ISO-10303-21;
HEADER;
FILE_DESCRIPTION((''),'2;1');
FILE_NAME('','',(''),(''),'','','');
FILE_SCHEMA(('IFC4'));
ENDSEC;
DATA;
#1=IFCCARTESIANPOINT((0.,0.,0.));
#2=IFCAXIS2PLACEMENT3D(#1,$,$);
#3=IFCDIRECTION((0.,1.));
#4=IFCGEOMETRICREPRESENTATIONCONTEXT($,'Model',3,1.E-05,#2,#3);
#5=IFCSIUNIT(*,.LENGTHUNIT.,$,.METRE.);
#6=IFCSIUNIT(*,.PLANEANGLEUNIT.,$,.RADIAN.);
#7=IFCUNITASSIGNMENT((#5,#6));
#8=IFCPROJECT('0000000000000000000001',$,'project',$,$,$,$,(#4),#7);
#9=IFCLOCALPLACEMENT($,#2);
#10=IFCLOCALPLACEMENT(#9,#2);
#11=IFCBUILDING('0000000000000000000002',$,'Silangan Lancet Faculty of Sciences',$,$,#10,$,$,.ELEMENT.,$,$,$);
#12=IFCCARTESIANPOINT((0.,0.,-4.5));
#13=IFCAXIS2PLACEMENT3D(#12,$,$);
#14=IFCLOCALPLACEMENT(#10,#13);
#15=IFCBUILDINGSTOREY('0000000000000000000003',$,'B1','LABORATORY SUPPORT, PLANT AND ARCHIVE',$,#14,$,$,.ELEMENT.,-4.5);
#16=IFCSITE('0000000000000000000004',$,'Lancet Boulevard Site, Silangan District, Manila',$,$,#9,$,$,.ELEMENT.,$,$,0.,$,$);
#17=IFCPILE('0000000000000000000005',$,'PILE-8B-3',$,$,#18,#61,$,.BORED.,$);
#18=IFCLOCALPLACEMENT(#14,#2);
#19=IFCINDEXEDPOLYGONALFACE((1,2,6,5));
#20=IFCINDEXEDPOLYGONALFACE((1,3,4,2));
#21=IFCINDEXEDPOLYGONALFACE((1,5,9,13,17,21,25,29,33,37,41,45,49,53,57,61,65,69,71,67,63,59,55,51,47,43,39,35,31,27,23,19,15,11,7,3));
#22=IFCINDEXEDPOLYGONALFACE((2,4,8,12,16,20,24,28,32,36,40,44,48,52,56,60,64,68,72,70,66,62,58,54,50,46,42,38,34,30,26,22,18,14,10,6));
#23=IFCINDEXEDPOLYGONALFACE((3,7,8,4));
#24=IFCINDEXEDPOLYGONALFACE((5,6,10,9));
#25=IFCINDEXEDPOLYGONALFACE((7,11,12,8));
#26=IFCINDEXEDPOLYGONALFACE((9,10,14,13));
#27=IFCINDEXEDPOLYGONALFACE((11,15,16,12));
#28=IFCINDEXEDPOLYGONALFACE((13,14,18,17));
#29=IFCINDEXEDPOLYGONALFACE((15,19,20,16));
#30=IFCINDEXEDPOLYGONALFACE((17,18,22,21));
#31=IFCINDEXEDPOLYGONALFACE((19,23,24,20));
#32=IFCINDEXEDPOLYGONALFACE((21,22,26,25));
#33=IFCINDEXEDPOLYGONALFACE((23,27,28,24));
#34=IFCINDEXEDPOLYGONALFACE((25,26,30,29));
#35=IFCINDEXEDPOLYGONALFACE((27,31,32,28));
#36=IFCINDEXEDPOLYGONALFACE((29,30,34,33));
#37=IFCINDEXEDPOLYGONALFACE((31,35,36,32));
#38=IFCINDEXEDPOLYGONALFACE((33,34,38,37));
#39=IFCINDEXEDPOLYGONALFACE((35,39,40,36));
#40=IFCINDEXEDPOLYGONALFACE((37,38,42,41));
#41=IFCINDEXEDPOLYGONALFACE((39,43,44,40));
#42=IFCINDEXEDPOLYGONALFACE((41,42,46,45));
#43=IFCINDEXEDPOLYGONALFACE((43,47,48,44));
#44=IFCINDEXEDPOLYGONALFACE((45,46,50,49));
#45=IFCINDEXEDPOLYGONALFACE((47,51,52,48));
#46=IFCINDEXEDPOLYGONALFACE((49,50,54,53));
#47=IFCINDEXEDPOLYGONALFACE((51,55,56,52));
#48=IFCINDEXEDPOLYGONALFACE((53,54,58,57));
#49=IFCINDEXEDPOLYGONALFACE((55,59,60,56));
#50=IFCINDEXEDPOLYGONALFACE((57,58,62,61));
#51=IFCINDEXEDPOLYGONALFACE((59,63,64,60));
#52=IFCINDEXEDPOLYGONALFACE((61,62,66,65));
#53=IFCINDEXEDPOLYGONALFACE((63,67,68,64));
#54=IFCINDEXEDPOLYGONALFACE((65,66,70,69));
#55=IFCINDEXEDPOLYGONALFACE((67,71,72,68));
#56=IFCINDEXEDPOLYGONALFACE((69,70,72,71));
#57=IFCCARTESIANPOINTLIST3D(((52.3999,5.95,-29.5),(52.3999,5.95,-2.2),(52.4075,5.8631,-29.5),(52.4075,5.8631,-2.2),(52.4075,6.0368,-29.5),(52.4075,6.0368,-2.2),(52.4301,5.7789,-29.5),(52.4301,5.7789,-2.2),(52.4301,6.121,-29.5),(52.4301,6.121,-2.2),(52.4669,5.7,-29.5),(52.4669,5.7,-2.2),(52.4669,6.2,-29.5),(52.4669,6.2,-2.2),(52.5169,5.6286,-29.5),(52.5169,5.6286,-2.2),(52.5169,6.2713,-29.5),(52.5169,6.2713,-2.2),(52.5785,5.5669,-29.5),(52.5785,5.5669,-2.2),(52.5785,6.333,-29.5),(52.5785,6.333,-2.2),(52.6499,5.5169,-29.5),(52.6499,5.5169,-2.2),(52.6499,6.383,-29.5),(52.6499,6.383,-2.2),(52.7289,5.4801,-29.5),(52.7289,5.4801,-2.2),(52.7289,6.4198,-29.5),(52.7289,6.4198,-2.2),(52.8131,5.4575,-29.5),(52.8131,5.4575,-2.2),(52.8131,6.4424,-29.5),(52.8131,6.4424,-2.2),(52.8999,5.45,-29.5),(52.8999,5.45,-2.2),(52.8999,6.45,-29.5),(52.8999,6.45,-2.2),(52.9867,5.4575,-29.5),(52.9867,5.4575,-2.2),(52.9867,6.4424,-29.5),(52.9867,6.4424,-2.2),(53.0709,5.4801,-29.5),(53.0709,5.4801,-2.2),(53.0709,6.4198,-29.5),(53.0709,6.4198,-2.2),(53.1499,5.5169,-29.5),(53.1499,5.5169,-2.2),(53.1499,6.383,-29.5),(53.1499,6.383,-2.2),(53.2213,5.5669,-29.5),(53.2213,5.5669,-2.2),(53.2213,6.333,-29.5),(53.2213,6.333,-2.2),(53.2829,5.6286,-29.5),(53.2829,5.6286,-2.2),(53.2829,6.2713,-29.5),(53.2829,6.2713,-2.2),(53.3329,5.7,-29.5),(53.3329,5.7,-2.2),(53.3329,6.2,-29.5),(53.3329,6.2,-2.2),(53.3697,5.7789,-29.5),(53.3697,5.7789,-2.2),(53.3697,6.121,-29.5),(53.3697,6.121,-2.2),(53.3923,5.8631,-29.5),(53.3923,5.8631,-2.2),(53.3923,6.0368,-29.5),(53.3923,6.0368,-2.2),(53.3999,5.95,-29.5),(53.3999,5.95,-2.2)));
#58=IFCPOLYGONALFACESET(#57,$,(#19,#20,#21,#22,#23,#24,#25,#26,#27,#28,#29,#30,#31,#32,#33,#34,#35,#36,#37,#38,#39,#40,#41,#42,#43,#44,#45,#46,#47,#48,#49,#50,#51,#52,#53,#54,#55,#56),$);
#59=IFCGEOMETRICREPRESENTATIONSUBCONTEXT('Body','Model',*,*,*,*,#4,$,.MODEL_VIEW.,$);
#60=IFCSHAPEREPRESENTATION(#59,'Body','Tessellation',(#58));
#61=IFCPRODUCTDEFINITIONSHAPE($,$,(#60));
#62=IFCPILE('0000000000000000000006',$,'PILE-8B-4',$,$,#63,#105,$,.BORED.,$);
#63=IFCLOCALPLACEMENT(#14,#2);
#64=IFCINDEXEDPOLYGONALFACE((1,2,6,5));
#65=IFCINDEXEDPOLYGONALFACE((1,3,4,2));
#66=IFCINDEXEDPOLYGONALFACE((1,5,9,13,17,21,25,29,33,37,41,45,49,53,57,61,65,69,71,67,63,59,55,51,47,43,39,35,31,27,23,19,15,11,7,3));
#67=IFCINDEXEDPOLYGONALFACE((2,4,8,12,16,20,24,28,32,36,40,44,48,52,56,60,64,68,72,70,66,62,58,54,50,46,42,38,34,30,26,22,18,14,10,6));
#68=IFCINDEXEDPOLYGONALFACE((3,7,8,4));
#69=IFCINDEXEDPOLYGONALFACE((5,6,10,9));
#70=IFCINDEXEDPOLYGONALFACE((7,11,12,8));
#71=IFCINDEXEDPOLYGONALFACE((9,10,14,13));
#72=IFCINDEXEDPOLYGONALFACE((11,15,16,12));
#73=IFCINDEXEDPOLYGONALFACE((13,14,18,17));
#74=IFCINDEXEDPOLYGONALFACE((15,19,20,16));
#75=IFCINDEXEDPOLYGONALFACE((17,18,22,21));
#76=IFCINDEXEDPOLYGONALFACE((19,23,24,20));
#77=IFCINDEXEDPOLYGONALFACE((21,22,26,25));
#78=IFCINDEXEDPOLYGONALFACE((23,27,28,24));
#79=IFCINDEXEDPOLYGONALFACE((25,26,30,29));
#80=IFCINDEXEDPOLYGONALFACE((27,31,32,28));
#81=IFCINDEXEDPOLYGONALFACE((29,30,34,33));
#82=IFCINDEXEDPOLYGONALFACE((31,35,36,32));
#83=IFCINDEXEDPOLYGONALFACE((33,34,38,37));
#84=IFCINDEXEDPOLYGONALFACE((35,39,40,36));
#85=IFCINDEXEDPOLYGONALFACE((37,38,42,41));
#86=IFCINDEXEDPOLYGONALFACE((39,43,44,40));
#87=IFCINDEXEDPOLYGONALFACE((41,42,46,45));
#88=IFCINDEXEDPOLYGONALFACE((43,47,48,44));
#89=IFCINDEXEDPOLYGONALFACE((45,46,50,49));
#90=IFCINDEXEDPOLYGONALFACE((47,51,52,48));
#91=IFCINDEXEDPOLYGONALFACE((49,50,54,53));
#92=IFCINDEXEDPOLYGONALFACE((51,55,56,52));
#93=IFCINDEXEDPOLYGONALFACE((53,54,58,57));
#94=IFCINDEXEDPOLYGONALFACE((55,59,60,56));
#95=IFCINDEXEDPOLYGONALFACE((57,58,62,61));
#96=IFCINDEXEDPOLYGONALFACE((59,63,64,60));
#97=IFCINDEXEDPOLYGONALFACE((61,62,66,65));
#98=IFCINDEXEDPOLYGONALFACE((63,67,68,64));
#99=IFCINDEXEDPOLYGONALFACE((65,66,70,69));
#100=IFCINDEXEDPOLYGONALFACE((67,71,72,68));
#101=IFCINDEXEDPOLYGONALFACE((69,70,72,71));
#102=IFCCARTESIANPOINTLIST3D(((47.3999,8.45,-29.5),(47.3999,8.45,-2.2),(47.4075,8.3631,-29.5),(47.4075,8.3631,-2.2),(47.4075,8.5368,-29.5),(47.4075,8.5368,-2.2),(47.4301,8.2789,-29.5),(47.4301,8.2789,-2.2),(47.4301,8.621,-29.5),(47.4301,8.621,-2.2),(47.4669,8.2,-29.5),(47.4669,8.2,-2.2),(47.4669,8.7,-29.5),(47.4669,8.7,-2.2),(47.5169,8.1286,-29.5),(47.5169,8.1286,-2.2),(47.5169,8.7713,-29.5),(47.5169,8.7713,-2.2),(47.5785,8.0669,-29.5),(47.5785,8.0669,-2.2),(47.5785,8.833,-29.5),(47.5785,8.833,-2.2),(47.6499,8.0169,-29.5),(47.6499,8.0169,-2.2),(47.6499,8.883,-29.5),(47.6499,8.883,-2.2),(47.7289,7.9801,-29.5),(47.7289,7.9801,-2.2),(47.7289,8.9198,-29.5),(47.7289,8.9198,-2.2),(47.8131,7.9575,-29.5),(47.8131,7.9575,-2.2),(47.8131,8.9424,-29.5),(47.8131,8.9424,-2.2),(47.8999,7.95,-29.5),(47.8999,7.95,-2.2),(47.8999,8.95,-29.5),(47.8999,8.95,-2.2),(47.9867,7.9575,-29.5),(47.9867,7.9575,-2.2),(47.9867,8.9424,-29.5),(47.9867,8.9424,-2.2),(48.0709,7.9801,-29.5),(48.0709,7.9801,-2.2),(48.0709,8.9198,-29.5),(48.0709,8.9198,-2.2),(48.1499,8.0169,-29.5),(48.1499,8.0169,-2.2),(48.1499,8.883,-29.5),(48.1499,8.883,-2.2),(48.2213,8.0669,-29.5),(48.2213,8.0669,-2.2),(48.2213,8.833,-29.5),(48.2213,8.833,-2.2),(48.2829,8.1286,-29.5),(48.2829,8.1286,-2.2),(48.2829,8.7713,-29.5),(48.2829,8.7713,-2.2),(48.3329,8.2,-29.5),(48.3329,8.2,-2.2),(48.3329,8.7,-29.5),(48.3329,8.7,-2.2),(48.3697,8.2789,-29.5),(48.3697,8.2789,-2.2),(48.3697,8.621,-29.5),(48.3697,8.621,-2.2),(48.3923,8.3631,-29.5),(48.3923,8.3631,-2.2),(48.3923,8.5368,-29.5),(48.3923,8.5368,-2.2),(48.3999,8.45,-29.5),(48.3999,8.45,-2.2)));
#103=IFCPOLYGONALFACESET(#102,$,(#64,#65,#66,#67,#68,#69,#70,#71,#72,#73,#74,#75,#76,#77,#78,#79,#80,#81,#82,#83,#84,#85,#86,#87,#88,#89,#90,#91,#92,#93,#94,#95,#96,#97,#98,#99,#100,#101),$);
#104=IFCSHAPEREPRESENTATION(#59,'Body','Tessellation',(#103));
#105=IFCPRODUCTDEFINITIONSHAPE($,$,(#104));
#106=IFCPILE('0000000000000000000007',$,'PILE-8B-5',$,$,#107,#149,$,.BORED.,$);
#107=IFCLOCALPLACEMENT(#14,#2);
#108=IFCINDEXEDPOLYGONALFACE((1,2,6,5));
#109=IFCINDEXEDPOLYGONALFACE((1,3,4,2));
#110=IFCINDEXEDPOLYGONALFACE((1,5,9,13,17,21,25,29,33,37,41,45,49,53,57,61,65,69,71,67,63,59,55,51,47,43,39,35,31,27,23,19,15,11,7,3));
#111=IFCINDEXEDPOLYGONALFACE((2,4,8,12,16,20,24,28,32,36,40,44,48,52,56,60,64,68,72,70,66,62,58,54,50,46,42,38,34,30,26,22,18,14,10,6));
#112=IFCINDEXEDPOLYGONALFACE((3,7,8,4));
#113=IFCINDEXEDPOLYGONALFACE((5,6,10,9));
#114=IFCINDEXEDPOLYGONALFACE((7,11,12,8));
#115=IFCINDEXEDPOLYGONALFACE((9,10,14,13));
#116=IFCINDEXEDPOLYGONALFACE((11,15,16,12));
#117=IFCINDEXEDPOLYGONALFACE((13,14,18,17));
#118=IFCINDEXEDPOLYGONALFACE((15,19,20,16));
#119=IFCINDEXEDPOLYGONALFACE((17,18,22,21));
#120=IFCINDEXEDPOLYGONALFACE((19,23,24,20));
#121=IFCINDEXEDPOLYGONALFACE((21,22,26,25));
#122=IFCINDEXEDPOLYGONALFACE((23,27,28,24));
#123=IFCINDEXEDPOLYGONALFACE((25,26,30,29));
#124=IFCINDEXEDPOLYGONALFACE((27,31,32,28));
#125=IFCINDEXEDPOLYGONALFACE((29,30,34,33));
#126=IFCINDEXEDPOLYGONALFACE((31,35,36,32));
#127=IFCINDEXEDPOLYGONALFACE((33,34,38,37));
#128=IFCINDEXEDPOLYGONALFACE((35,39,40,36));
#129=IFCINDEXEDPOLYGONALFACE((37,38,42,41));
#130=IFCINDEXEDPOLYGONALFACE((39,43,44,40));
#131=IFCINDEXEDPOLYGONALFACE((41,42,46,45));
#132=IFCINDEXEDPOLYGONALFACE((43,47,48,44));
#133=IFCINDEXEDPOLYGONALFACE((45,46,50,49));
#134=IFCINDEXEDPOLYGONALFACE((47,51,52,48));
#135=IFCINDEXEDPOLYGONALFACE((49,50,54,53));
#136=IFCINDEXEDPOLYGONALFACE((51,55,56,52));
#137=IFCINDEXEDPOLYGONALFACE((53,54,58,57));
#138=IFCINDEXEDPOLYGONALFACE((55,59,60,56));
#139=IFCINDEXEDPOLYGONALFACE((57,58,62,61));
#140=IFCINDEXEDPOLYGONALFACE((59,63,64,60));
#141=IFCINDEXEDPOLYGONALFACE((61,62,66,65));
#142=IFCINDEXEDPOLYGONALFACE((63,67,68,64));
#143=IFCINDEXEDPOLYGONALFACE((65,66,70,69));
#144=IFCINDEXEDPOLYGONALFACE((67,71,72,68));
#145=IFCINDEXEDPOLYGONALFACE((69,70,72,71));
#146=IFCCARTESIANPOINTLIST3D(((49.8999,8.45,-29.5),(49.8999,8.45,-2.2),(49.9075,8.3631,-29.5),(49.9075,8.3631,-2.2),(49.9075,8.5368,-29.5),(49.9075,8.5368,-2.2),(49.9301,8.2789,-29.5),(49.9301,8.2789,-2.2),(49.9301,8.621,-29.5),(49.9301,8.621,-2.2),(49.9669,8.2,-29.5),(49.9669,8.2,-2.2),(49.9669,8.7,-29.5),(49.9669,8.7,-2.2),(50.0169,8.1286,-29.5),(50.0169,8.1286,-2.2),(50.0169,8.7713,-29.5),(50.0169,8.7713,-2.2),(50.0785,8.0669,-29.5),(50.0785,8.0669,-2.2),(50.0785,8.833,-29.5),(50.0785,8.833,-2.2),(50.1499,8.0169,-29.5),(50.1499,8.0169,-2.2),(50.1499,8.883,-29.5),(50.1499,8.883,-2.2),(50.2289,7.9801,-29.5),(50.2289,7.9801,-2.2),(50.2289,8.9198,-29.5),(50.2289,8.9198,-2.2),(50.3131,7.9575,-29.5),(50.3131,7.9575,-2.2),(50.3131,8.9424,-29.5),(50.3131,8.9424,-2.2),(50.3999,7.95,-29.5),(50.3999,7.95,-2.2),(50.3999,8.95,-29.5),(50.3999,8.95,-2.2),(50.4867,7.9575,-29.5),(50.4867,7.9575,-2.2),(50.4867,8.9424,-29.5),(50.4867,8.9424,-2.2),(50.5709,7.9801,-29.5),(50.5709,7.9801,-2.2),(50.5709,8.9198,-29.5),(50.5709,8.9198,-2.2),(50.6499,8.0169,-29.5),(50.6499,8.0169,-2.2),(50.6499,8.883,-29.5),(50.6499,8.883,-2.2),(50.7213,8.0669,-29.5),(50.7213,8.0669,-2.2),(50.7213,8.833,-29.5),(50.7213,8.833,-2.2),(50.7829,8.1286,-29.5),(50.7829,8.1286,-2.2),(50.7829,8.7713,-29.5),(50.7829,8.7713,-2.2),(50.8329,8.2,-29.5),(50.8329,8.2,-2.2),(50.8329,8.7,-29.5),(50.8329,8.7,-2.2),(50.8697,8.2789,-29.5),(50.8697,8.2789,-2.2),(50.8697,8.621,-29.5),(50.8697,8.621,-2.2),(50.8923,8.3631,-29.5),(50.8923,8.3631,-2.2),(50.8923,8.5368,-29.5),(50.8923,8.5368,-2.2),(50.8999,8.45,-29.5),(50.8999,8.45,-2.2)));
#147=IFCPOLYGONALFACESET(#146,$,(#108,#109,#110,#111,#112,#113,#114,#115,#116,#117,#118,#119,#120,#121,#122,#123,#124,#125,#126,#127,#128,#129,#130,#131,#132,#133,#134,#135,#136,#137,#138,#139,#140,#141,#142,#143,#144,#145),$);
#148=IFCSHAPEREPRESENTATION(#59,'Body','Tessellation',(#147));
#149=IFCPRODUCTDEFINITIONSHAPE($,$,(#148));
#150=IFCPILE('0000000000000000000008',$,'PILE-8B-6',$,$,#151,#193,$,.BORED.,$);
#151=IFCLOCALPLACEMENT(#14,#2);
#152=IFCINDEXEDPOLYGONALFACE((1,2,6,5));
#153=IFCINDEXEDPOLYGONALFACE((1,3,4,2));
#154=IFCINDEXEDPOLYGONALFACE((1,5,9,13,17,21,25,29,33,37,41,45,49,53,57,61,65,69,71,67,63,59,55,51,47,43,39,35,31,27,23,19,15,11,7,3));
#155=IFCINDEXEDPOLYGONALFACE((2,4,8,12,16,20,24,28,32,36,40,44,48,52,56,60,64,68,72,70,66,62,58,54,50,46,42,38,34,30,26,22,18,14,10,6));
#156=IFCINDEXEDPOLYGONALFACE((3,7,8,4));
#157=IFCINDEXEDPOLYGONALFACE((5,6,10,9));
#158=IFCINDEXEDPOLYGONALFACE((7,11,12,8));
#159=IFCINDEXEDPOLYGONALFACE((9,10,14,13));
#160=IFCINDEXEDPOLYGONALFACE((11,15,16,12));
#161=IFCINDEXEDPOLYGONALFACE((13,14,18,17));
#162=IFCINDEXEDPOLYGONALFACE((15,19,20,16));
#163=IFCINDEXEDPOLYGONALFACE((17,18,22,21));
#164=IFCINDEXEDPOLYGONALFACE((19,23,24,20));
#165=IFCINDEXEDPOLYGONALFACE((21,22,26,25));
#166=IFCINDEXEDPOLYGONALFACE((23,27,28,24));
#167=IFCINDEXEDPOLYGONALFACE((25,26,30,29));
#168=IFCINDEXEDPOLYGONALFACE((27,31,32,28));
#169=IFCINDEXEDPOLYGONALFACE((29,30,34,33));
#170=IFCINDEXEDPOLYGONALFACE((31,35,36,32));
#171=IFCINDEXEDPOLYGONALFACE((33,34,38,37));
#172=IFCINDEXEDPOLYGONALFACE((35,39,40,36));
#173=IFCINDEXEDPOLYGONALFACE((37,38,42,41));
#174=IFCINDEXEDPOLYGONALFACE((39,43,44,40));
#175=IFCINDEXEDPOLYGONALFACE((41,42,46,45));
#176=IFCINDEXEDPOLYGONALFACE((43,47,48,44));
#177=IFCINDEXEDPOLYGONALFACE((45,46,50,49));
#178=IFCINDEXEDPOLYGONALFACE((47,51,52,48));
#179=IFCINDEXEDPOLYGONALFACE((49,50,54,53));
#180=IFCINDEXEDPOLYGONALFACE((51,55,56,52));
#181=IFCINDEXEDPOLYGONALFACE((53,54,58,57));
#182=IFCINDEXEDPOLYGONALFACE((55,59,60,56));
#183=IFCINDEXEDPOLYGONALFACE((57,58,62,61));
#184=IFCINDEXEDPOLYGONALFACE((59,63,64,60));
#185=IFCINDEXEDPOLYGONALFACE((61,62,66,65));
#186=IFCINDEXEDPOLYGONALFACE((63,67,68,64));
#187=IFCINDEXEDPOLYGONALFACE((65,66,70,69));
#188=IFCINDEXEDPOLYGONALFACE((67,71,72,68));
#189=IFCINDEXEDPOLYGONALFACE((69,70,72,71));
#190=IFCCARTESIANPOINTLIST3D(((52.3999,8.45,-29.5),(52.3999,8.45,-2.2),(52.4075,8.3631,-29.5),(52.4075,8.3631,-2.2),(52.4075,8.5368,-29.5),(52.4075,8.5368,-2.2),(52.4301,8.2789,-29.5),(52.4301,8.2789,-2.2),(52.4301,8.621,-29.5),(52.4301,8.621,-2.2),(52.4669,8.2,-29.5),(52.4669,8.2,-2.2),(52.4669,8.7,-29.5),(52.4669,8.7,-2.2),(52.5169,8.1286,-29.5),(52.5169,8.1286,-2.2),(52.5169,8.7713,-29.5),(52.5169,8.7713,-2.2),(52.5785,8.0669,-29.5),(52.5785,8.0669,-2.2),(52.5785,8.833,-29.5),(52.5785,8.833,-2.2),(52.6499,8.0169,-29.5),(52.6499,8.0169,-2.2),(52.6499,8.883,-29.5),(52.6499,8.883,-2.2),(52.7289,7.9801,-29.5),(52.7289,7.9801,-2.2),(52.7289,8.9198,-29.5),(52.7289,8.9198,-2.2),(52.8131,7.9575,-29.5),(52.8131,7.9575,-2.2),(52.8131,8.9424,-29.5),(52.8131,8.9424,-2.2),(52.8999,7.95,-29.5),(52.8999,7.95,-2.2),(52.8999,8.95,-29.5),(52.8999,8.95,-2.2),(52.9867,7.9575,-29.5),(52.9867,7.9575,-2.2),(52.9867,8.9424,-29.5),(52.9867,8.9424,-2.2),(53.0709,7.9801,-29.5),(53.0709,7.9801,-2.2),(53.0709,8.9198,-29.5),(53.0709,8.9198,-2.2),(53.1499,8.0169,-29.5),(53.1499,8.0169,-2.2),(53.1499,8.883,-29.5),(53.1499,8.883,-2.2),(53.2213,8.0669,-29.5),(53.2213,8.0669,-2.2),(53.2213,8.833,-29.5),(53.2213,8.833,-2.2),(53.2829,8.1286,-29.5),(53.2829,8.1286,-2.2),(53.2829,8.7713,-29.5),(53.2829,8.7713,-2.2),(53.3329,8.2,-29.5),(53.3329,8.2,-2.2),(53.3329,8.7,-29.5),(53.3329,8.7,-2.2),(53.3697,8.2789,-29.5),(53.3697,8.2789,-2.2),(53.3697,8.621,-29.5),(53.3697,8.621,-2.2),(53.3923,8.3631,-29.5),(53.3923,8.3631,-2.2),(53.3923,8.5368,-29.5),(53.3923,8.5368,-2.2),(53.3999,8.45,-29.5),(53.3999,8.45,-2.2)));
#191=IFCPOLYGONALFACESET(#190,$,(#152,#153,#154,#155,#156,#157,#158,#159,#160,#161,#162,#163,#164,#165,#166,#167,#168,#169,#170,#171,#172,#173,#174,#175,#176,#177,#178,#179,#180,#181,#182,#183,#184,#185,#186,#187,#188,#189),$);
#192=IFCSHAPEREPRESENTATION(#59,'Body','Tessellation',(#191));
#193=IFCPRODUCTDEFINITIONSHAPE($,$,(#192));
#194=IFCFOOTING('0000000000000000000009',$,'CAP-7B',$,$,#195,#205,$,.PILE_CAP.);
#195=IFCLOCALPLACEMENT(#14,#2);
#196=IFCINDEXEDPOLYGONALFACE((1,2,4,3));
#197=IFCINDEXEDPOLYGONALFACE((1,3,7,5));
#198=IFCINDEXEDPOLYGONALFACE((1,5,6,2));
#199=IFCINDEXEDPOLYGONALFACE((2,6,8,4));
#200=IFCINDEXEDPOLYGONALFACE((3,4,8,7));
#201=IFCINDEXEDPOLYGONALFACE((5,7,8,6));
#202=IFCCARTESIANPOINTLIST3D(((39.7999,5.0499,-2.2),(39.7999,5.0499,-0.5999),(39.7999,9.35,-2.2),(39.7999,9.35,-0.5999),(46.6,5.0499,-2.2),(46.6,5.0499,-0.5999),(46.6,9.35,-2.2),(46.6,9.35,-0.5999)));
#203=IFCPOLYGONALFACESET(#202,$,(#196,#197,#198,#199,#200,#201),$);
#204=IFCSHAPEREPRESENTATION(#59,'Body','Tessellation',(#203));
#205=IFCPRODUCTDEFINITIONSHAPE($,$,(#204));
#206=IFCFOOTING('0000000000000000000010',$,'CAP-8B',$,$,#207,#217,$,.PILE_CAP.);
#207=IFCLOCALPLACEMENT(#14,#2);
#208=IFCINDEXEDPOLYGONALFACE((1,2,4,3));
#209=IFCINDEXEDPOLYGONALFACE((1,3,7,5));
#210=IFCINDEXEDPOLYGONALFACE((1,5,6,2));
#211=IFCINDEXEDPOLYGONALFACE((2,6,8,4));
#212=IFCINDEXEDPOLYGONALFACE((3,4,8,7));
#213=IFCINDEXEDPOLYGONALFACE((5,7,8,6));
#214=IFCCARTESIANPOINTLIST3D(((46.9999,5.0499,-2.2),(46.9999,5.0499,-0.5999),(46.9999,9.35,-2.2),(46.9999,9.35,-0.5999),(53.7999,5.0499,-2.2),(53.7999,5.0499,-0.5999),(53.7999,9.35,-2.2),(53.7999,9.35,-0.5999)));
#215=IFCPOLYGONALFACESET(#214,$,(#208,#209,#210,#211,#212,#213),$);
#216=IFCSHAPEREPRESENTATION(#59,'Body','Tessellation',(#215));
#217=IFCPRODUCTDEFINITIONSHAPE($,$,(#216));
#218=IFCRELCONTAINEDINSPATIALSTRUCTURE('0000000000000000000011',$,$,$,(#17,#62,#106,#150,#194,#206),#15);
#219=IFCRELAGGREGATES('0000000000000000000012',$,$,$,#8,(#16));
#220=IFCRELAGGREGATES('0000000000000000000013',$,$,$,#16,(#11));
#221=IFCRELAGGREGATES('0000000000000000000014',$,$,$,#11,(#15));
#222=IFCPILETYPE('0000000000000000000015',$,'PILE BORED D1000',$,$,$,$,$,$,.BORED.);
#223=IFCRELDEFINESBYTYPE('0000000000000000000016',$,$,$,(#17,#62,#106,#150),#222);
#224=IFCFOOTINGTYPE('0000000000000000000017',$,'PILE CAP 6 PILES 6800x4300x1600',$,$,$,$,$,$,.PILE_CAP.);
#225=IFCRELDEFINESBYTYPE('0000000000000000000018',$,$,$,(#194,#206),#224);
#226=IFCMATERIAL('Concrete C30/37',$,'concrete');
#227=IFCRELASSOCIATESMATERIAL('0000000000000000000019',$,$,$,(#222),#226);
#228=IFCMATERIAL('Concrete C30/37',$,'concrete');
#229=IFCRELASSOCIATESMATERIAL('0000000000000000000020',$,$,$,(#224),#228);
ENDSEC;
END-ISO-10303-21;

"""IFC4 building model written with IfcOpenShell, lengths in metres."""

from ifc_helpers import new_model, si_unit, direction, frame, origin, origin_2d, place, context, subcontext, project, spatial, rectangle, circle, extrude, material, material_profile, profile_set, type_object, element, save


model = new_model("IFC4")

# Units and contexts
model_context = context("Model", 3, precision=1e-05, world=origin(), true_north=direction((0.0, 1.0)))
body_context = subcontext(model_context, "Body", "Model", "MODEL_VIEW")
ifc_project = project(units=[si_unit("LENGTHUNIT", "METRE"), si_unit("PLANEANGLEUNIT", "RADIAN")], contexts=[model_context])

# Site, building, storey
site_placement = place(None, origin())
site = spatial("IfcSite", under=ifc_project, at=site_placement, Name="Lancet Boulevard Site, Silangan District, Manila", CompositionType="ELEMENT", RefElevation=0.0)
building_placement = place(site_placement, origin())
building = spatial("IfcBuilding", under=site, at=building_placement, Name="Silangan Lancet Faculty of Sciences", CompositionType="ELEMENT")
storey_placement = place(building_placement, frame((0.0, 0.0, -4.5)))
storey = spatial("IfcBuildingStorey", under=building, at=storey_placement, Name="B1", Description="LABORATORY SUPPORT, PLANT AND ARCHIVE", CompositionType="ELEMENT", Elevation=-4.5)

# Piles
ifc_material_1 = material(Name="Concrete C30/37", Category="concrete")
ifc_material_profile_1 = material_profile(ifc_material_1, circle(Radius=0.5, at=origin_2d()), Name="BORED PILE D1000")
ifc_profile_set_1 = profile_set([ifc_material_profile_1], Name="Concrete C30/37")
pile_type = type_object("IfcPileType", Name="PILE BORED D1000", PredefinedType="BORED", material=ifc_profile_set_1)
for number, where, z_axis, x_axis, name in (
    (1, (52.8999, 5.95, -2.2), (0.0, 0.0, -1.0), (1.0, 0.0, 0.0), "PILE-8B-3"),
    (2, (47.8999, 8.45, -2.2), (0.0, 0.0, -1.0), (1.0, 0.0, 0.0), "PILE-8B-4"),
    (3, (50.3999, 8.45, -2.2), (0.0, 0.0, -1.0), (1.0, 0.0, 0.0), "PILE-8B-5"),
    (4, (52.8999, 8.45, -2.2), (0.0, 0.0, -1.0), (1.0, 0.0, 0.0), "PILE-8B-6"),
):
    element("IfcPile", number, at=place(storey_placement, frame(where, z_axis=z_axis, x_axis=x_axis)), inside=storey, type_object=pile_type, Name=name, PredefinedType="BORED", context=body_context, shape_type="SweptSolid", body=[
        extrude(circle(Radius=0.5, at=origin_2d()), origin(), (0.0, 0.0, 1.0), 27.3),
    ])

# Footings
ifc_material_2 = material(Name="Concrete C30/37", Category="concrete")
footing_type_1 = type_object("IfcFootingType", Name="PILE CAP 6 PILES 6800x4300x1600", PredefinedType="PILE_CAP", material=ifc_material_2)
for number, where, z_axis, x_axis, name in (
    (5, (43.2, 7.2, -2.2), (0.0, 0.0, 1.0), (1.0, 0.0, 0.0), "CAP-7B"),
    (6, (50.3999, 7.2, -2.2), (0.0, 0.0, 1.0), (1.0, 0.0, 0.0), "CAP-8B"),
):
    element("IfcFooting", number, at=place(storey_placement, frame(where, z_axis=z_axis, x_axis=x_axis)), inside=storey, type_object=footing_type_1, Name=name, PredefinedType="PILE_CAP", context=body_context, shape_type="SweptSolid", body=[
        extrude(rectangle(XDim=6.8, YDim=4.3, at=origin_2d()), origin(), (0.0, 0.0, 1.0), 1.6001),
    ])

save(model, "model.ifc")
